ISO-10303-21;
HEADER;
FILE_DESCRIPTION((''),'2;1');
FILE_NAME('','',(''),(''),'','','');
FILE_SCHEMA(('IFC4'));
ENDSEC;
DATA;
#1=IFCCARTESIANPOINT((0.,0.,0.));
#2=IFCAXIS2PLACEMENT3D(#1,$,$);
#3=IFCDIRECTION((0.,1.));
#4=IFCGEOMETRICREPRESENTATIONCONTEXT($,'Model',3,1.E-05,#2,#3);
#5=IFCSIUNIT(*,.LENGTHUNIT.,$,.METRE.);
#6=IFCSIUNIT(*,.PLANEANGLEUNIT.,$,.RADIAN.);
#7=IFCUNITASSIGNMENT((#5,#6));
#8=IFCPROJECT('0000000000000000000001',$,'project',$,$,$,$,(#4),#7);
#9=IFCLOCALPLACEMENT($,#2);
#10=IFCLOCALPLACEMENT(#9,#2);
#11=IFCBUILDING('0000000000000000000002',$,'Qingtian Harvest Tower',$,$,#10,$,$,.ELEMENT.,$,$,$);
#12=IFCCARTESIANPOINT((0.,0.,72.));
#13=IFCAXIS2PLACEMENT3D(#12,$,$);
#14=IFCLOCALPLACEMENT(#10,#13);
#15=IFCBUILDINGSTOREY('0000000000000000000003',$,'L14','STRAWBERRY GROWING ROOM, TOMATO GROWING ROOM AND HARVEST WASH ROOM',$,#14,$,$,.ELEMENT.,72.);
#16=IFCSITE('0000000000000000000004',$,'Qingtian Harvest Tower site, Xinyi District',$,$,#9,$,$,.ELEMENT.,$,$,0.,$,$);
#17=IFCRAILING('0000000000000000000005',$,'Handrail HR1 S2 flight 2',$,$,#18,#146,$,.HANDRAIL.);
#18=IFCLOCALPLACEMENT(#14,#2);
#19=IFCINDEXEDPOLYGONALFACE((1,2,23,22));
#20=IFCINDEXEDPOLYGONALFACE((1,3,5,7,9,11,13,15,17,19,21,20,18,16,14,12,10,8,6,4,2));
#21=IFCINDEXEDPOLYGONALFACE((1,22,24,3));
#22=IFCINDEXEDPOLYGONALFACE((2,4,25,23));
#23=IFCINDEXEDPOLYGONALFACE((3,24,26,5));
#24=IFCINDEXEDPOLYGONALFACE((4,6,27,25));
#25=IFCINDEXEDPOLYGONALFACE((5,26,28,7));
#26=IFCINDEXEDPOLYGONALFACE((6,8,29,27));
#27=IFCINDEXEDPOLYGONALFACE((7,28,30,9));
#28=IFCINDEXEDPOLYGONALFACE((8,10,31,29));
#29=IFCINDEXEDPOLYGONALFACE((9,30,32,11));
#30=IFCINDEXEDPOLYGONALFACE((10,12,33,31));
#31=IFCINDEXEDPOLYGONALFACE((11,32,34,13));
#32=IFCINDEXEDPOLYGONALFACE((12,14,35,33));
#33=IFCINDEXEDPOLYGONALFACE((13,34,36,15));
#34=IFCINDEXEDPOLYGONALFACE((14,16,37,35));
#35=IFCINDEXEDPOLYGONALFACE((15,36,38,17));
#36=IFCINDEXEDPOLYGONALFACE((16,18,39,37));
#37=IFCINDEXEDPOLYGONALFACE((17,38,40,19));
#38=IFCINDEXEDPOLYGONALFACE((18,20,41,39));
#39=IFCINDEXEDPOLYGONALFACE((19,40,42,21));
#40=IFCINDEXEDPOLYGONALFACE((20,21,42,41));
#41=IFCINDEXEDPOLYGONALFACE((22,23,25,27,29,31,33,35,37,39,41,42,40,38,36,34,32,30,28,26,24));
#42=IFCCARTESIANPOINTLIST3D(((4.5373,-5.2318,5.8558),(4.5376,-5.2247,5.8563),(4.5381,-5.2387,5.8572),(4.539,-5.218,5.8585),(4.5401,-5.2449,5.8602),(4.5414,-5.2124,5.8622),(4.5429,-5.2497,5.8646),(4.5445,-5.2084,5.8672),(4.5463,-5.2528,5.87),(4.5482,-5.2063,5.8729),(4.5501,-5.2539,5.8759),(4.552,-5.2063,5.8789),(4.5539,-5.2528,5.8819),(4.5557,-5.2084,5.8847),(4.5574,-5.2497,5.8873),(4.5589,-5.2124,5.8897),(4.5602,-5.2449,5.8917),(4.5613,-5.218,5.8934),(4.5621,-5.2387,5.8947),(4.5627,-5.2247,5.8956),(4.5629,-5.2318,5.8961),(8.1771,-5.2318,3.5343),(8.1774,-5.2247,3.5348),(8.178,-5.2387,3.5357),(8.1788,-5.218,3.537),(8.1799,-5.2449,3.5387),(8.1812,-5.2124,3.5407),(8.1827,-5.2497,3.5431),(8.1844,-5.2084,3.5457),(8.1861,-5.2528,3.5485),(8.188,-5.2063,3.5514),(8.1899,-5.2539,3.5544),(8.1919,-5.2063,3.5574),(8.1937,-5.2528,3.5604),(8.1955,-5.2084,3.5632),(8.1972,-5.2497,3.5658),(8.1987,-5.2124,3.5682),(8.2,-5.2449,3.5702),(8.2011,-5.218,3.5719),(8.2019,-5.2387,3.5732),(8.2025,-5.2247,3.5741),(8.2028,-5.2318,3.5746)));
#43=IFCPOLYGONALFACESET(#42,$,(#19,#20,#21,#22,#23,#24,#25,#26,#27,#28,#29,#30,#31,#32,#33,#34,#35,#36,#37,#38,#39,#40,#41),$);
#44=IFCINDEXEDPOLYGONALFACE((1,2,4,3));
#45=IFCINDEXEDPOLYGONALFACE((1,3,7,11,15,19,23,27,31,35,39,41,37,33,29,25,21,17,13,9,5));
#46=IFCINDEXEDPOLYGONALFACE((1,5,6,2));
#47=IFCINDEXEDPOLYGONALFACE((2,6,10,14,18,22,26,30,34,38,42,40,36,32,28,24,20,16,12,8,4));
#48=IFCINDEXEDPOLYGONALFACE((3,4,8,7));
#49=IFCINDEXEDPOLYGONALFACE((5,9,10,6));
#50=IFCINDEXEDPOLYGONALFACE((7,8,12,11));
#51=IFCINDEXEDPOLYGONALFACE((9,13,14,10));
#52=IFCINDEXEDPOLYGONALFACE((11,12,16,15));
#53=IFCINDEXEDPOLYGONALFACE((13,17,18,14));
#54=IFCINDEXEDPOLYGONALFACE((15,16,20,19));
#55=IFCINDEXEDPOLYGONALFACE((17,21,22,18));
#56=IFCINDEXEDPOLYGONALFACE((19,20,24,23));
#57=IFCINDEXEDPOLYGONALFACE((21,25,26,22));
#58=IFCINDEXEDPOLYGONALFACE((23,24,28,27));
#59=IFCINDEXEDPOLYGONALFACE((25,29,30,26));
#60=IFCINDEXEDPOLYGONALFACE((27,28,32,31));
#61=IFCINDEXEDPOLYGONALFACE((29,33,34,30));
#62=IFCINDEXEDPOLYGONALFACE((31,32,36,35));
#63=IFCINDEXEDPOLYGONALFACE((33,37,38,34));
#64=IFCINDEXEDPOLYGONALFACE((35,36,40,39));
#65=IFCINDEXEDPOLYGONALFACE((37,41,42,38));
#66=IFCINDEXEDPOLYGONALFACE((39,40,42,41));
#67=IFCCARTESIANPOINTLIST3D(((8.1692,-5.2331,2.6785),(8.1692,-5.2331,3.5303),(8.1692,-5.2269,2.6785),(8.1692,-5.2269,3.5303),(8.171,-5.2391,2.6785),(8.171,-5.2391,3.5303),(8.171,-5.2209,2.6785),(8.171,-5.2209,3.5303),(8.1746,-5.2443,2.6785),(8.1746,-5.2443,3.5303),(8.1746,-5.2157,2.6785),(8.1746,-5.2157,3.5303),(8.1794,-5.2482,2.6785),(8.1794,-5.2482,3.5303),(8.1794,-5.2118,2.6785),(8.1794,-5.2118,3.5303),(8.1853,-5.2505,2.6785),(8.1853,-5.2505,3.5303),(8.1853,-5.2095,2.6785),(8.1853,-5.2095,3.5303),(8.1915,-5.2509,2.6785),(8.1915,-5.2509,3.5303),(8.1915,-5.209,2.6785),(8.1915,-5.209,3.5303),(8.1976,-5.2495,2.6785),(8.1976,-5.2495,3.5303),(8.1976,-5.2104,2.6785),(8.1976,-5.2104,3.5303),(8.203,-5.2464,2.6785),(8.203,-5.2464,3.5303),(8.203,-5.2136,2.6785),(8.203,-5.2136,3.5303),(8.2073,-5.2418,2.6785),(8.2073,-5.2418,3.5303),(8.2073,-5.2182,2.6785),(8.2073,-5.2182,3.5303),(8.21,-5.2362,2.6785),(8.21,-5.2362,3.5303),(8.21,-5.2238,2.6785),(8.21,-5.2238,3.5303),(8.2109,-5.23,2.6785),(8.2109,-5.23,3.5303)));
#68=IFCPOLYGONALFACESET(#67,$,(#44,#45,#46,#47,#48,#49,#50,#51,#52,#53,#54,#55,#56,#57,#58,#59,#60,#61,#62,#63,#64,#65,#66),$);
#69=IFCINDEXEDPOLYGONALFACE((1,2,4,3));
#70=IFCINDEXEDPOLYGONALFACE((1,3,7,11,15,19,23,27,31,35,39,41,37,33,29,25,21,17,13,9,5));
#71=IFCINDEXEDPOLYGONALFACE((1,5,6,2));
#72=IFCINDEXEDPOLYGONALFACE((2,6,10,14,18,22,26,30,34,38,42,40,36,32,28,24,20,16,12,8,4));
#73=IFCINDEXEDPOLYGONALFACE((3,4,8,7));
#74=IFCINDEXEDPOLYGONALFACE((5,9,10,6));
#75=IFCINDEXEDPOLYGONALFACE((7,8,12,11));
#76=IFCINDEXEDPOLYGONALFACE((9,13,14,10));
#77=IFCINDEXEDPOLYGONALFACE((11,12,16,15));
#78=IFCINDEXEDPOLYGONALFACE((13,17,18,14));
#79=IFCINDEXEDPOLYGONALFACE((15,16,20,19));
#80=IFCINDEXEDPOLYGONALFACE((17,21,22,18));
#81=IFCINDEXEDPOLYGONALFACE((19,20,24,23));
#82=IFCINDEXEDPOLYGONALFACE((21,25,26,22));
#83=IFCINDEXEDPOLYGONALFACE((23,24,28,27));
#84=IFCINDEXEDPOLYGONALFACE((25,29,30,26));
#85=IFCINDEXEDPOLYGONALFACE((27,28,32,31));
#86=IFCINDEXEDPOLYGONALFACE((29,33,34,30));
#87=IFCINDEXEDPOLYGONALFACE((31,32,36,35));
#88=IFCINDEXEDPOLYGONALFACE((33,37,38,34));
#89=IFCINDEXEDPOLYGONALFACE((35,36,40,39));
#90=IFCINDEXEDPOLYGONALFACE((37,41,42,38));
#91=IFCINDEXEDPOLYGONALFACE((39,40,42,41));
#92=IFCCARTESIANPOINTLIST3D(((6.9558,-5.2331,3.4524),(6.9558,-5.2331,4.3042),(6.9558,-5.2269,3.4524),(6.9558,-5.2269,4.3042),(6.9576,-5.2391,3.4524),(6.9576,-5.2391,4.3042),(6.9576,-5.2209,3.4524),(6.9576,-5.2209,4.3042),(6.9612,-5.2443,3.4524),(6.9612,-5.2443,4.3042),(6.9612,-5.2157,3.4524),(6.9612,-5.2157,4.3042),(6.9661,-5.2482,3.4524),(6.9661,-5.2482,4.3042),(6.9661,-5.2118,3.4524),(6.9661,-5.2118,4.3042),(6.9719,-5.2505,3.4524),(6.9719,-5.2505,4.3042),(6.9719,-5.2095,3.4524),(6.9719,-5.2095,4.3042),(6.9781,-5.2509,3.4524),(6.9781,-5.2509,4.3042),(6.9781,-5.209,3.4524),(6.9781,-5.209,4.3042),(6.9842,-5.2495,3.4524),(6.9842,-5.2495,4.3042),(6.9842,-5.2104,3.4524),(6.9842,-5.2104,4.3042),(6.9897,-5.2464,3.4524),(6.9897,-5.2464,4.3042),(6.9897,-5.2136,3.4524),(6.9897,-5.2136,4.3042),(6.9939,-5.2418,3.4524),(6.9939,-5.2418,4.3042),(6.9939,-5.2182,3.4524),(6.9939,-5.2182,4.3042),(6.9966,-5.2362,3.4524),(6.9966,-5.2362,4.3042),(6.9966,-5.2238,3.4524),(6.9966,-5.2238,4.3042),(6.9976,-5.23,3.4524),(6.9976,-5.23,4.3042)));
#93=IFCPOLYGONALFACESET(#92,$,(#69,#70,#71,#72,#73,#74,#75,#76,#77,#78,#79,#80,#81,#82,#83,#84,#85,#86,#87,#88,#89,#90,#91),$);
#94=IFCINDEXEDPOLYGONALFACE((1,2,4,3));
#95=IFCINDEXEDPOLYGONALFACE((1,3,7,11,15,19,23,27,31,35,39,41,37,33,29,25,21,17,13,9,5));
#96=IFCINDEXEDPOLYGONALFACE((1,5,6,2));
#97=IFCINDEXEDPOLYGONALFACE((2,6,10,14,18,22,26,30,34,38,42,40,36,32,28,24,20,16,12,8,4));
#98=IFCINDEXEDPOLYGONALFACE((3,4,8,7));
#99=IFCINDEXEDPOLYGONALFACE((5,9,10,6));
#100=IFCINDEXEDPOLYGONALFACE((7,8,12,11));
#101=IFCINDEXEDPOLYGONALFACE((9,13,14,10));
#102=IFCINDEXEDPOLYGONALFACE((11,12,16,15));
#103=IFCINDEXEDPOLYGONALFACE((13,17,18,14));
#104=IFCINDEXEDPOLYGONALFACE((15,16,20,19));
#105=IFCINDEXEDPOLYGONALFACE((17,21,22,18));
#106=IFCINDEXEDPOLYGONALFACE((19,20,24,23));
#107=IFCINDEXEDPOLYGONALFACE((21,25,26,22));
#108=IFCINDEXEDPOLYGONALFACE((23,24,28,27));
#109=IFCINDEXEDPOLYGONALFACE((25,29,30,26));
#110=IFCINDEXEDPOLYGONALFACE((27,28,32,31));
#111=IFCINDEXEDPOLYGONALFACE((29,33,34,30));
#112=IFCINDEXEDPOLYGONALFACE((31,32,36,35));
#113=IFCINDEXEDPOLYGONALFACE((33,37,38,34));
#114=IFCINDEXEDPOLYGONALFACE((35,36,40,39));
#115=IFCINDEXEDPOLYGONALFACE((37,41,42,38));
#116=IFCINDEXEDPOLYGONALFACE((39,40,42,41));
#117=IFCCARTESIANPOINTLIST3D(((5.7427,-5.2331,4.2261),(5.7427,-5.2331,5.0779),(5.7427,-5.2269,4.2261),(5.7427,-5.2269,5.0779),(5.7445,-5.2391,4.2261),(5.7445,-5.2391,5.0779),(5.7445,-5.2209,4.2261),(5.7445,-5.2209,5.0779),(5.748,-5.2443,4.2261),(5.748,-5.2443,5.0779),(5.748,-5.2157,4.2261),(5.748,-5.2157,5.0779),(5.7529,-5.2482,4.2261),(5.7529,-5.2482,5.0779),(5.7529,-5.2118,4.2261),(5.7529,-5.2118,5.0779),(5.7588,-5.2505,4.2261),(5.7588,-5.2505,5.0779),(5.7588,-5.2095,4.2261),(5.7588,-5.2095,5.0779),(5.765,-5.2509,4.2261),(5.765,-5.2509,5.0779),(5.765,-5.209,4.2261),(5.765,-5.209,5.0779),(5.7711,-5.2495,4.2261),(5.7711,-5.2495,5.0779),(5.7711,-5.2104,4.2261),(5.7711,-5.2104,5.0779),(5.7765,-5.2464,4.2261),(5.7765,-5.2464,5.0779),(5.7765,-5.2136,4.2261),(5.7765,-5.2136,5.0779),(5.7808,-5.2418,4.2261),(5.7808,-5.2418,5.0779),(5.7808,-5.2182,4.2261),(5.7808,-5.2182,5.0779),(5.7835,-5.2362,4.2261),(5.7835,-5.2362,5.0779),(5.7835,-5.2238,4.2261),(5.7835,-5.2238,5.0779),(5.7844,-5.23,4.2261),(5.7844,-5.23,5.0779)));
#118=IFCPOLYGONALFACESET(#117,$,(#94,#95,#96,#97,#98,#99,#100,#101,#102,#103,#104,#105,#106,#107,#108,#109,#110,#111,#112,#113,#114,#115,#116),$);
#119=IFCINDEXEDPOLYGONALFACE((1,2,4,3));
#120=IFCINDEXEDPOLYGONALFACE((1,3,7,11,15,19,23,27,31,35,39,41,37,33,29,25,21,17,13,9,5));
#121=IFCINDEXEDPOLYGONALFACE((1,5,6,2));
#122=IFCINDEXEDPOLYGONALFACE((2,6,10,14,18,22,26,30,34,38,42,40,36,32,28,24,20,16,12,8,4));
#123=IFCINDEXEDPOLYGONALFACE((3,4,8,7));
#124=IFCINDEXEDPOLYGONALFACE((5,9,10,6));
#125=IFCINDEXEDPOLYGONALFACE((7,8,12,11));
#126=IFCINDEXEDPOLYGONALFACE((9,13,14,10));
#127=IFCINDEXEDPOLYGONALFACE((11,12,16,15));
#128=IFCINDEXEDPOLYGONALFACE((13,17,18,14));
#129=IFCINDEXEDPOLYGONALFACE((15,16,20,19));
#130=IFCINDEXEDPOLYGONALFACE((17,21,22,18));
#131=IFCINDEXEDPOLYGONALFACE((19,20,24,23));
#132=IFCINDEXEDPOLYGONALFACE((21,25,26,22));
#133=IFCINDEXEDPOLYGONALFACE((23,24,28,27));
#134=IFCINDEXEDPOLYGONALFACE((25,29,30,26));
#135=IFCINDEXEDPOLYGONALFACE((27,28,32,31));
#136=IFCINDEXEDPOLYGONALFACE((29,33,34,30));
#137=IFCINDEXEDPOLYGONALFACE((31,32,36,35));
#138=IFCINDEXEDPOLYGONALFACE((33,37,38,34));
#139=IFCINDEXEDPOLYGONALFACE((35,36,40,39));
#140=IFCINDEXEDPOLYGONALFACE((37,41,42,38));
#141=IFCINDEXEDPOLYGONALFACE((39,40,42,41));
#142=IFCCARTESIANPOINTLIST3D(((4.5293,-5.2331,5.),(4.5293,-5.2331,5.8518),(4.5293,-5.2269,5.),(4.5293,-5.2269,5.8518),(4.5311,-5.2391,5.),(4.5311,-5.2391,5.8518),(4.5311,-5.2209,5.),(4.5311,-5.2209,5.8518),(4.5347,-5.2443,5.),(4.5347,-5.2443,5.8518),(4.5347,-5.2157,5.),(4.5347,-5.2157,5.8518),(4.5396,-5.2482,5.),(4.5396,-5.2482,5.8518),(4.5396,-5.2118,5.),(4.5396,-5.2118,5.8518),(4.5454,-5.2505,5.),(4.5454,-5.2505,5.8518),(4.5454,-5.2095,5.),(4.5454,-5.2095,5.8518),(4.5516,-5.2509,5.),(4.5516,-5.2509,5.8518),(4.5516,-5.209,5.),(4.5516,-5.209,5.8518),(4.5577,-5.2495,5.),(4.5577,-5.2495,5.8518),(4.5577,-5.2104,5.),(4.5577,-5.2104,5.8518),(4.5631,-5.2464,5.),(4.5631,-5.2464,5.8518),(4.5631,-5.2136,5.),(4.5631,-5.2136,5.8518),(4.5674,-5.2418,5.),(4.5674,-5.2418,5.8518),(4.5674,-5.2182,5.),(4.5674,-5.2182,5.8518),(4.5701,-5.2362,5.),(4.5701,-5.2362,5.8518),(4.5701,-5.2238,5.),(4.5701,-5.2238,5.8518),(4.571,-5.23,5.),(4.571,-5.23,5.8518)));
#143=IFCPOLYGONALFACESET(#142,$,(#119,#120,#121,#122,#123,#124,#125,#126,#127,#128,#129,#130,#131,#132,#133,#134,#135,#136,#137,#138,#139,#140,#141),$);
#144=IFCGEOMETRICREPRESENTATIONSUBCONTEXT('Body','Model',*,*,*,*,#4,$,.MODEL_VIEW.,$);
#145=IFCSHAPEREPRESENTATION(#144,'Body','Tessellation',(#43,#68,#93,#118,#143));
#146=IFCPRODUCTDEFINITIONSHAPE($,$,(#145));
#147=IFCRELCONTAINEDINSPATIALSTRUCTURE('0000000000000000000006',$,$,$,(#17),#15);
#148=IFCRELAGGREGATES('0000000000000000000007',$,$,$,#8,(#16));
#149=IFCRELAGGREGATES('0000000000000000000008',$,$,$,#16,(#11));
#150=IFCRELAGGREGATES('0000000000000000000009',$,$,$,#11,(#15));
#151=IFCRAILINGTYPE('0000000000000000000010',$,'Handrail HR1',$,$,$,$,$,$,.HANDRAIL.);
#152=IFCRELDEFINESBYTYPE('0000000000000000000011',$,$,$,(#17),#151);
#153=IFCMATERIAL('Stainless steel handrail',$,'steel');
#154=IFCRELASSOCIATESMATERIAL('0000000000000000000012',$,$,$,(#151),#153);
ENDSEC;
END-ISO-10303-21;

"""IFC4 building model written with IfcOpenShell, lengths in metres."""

from ifc_helpers import new_model, si_unit, direction, frame, origin, origin_2d, place, context, subcontext, project, spatial, circle, extrude, material, type_object, element, save


model = new_model("IFC4")

# Units and contexts
model_context = context("Model", 3, precision=1e-05, world=origin(), true_north=direction((0.0, 1.0)))
body_context = subcontext(model_context, "Body", "Model", "MODEL_VIEW")
ifc_project = project(units=[si_unit("LENGTHUNIT", "METRE"), si_unit("PLANEANGLEUNIT", "RADIAN")], contexts=[model_context])

# Site, building, storey
site_placement = place(None, origin())
site = spatial("IfcSite", under=ifc_project, at=site_placement, Name="Qingtian Harvest Tower site, Xinyi District", CompositionType="ELEMENT", RefElevation=0.0)
building_placement = place(site_placement, origin())
building = spatial("IfcBuilding", under=site, at=building_placement, Name="Qingtian Harvest Tower", CompositionType="ELEMENT")
storey_placement = place(building_placement, frame((0.0, 0.0, 72.0)))
storey = spatial("IfcBuildingStorey", under=building, at=storey_placement, Name="L14", Description="STRAWBERRY GROWING ROOM, TOMATO GROWING ROOM AND HARVEST WASH ROOM", CompositionType="ELEMENT", Elevation=72.0)

# Railing
ifc_material_1 = material(Name="Stainless steel handrail", Category="steel")
railing_type = type_object("IfcRailingType", Name="Handrail HR1", PredefinedType="HANDRAIL", material=ifc_material_1)
railing_1_placement = place(storey_placement, frame((8.1899, -5.23, 2.6785)))
element("IfcRailing", 1, at=railing_1_placement, inside=storey, type_object=railing_type, Name="Handrail HR1 S2 flight 2", PredefinedType="HANDRAIL", context=body_context, shape_type="SweptSolid", body=[
    extrude(circle(Radius=0.0239, at=origin_2d()), frame((0.0, 0.0, 0.876), z_axis=(-0.843112, 0.0, 0.537739), x_axis=(0.0, -1.0, 0.0)), (0.0, 0.0, 1.0), 4.3171),
    extrude(circle(Radius=0.021, at=origin_2d()), origin(), (0.0, 0.0, 1.0), 0.8518),
    extrude(circle(Radius=0.021, at=origin_2d()), frame((-1.2134, 0.0, 0.7739)), (0.0, 0.0, 1.0), 0.8518),
    extrude(circle(Radius=0.021, at=origin_2d()), frame((-2.4265, 0.0, 1.5476)), (0.0, 0.0, 1.0), 0.8518),
    extrude(circle(Radius=0.021, at=origin_2d()), frame((-3.6399, 0.0, 2.3215)), (0.0, 0.0, 1.0), 0.8518),
])

save(model, "model.ifc")
